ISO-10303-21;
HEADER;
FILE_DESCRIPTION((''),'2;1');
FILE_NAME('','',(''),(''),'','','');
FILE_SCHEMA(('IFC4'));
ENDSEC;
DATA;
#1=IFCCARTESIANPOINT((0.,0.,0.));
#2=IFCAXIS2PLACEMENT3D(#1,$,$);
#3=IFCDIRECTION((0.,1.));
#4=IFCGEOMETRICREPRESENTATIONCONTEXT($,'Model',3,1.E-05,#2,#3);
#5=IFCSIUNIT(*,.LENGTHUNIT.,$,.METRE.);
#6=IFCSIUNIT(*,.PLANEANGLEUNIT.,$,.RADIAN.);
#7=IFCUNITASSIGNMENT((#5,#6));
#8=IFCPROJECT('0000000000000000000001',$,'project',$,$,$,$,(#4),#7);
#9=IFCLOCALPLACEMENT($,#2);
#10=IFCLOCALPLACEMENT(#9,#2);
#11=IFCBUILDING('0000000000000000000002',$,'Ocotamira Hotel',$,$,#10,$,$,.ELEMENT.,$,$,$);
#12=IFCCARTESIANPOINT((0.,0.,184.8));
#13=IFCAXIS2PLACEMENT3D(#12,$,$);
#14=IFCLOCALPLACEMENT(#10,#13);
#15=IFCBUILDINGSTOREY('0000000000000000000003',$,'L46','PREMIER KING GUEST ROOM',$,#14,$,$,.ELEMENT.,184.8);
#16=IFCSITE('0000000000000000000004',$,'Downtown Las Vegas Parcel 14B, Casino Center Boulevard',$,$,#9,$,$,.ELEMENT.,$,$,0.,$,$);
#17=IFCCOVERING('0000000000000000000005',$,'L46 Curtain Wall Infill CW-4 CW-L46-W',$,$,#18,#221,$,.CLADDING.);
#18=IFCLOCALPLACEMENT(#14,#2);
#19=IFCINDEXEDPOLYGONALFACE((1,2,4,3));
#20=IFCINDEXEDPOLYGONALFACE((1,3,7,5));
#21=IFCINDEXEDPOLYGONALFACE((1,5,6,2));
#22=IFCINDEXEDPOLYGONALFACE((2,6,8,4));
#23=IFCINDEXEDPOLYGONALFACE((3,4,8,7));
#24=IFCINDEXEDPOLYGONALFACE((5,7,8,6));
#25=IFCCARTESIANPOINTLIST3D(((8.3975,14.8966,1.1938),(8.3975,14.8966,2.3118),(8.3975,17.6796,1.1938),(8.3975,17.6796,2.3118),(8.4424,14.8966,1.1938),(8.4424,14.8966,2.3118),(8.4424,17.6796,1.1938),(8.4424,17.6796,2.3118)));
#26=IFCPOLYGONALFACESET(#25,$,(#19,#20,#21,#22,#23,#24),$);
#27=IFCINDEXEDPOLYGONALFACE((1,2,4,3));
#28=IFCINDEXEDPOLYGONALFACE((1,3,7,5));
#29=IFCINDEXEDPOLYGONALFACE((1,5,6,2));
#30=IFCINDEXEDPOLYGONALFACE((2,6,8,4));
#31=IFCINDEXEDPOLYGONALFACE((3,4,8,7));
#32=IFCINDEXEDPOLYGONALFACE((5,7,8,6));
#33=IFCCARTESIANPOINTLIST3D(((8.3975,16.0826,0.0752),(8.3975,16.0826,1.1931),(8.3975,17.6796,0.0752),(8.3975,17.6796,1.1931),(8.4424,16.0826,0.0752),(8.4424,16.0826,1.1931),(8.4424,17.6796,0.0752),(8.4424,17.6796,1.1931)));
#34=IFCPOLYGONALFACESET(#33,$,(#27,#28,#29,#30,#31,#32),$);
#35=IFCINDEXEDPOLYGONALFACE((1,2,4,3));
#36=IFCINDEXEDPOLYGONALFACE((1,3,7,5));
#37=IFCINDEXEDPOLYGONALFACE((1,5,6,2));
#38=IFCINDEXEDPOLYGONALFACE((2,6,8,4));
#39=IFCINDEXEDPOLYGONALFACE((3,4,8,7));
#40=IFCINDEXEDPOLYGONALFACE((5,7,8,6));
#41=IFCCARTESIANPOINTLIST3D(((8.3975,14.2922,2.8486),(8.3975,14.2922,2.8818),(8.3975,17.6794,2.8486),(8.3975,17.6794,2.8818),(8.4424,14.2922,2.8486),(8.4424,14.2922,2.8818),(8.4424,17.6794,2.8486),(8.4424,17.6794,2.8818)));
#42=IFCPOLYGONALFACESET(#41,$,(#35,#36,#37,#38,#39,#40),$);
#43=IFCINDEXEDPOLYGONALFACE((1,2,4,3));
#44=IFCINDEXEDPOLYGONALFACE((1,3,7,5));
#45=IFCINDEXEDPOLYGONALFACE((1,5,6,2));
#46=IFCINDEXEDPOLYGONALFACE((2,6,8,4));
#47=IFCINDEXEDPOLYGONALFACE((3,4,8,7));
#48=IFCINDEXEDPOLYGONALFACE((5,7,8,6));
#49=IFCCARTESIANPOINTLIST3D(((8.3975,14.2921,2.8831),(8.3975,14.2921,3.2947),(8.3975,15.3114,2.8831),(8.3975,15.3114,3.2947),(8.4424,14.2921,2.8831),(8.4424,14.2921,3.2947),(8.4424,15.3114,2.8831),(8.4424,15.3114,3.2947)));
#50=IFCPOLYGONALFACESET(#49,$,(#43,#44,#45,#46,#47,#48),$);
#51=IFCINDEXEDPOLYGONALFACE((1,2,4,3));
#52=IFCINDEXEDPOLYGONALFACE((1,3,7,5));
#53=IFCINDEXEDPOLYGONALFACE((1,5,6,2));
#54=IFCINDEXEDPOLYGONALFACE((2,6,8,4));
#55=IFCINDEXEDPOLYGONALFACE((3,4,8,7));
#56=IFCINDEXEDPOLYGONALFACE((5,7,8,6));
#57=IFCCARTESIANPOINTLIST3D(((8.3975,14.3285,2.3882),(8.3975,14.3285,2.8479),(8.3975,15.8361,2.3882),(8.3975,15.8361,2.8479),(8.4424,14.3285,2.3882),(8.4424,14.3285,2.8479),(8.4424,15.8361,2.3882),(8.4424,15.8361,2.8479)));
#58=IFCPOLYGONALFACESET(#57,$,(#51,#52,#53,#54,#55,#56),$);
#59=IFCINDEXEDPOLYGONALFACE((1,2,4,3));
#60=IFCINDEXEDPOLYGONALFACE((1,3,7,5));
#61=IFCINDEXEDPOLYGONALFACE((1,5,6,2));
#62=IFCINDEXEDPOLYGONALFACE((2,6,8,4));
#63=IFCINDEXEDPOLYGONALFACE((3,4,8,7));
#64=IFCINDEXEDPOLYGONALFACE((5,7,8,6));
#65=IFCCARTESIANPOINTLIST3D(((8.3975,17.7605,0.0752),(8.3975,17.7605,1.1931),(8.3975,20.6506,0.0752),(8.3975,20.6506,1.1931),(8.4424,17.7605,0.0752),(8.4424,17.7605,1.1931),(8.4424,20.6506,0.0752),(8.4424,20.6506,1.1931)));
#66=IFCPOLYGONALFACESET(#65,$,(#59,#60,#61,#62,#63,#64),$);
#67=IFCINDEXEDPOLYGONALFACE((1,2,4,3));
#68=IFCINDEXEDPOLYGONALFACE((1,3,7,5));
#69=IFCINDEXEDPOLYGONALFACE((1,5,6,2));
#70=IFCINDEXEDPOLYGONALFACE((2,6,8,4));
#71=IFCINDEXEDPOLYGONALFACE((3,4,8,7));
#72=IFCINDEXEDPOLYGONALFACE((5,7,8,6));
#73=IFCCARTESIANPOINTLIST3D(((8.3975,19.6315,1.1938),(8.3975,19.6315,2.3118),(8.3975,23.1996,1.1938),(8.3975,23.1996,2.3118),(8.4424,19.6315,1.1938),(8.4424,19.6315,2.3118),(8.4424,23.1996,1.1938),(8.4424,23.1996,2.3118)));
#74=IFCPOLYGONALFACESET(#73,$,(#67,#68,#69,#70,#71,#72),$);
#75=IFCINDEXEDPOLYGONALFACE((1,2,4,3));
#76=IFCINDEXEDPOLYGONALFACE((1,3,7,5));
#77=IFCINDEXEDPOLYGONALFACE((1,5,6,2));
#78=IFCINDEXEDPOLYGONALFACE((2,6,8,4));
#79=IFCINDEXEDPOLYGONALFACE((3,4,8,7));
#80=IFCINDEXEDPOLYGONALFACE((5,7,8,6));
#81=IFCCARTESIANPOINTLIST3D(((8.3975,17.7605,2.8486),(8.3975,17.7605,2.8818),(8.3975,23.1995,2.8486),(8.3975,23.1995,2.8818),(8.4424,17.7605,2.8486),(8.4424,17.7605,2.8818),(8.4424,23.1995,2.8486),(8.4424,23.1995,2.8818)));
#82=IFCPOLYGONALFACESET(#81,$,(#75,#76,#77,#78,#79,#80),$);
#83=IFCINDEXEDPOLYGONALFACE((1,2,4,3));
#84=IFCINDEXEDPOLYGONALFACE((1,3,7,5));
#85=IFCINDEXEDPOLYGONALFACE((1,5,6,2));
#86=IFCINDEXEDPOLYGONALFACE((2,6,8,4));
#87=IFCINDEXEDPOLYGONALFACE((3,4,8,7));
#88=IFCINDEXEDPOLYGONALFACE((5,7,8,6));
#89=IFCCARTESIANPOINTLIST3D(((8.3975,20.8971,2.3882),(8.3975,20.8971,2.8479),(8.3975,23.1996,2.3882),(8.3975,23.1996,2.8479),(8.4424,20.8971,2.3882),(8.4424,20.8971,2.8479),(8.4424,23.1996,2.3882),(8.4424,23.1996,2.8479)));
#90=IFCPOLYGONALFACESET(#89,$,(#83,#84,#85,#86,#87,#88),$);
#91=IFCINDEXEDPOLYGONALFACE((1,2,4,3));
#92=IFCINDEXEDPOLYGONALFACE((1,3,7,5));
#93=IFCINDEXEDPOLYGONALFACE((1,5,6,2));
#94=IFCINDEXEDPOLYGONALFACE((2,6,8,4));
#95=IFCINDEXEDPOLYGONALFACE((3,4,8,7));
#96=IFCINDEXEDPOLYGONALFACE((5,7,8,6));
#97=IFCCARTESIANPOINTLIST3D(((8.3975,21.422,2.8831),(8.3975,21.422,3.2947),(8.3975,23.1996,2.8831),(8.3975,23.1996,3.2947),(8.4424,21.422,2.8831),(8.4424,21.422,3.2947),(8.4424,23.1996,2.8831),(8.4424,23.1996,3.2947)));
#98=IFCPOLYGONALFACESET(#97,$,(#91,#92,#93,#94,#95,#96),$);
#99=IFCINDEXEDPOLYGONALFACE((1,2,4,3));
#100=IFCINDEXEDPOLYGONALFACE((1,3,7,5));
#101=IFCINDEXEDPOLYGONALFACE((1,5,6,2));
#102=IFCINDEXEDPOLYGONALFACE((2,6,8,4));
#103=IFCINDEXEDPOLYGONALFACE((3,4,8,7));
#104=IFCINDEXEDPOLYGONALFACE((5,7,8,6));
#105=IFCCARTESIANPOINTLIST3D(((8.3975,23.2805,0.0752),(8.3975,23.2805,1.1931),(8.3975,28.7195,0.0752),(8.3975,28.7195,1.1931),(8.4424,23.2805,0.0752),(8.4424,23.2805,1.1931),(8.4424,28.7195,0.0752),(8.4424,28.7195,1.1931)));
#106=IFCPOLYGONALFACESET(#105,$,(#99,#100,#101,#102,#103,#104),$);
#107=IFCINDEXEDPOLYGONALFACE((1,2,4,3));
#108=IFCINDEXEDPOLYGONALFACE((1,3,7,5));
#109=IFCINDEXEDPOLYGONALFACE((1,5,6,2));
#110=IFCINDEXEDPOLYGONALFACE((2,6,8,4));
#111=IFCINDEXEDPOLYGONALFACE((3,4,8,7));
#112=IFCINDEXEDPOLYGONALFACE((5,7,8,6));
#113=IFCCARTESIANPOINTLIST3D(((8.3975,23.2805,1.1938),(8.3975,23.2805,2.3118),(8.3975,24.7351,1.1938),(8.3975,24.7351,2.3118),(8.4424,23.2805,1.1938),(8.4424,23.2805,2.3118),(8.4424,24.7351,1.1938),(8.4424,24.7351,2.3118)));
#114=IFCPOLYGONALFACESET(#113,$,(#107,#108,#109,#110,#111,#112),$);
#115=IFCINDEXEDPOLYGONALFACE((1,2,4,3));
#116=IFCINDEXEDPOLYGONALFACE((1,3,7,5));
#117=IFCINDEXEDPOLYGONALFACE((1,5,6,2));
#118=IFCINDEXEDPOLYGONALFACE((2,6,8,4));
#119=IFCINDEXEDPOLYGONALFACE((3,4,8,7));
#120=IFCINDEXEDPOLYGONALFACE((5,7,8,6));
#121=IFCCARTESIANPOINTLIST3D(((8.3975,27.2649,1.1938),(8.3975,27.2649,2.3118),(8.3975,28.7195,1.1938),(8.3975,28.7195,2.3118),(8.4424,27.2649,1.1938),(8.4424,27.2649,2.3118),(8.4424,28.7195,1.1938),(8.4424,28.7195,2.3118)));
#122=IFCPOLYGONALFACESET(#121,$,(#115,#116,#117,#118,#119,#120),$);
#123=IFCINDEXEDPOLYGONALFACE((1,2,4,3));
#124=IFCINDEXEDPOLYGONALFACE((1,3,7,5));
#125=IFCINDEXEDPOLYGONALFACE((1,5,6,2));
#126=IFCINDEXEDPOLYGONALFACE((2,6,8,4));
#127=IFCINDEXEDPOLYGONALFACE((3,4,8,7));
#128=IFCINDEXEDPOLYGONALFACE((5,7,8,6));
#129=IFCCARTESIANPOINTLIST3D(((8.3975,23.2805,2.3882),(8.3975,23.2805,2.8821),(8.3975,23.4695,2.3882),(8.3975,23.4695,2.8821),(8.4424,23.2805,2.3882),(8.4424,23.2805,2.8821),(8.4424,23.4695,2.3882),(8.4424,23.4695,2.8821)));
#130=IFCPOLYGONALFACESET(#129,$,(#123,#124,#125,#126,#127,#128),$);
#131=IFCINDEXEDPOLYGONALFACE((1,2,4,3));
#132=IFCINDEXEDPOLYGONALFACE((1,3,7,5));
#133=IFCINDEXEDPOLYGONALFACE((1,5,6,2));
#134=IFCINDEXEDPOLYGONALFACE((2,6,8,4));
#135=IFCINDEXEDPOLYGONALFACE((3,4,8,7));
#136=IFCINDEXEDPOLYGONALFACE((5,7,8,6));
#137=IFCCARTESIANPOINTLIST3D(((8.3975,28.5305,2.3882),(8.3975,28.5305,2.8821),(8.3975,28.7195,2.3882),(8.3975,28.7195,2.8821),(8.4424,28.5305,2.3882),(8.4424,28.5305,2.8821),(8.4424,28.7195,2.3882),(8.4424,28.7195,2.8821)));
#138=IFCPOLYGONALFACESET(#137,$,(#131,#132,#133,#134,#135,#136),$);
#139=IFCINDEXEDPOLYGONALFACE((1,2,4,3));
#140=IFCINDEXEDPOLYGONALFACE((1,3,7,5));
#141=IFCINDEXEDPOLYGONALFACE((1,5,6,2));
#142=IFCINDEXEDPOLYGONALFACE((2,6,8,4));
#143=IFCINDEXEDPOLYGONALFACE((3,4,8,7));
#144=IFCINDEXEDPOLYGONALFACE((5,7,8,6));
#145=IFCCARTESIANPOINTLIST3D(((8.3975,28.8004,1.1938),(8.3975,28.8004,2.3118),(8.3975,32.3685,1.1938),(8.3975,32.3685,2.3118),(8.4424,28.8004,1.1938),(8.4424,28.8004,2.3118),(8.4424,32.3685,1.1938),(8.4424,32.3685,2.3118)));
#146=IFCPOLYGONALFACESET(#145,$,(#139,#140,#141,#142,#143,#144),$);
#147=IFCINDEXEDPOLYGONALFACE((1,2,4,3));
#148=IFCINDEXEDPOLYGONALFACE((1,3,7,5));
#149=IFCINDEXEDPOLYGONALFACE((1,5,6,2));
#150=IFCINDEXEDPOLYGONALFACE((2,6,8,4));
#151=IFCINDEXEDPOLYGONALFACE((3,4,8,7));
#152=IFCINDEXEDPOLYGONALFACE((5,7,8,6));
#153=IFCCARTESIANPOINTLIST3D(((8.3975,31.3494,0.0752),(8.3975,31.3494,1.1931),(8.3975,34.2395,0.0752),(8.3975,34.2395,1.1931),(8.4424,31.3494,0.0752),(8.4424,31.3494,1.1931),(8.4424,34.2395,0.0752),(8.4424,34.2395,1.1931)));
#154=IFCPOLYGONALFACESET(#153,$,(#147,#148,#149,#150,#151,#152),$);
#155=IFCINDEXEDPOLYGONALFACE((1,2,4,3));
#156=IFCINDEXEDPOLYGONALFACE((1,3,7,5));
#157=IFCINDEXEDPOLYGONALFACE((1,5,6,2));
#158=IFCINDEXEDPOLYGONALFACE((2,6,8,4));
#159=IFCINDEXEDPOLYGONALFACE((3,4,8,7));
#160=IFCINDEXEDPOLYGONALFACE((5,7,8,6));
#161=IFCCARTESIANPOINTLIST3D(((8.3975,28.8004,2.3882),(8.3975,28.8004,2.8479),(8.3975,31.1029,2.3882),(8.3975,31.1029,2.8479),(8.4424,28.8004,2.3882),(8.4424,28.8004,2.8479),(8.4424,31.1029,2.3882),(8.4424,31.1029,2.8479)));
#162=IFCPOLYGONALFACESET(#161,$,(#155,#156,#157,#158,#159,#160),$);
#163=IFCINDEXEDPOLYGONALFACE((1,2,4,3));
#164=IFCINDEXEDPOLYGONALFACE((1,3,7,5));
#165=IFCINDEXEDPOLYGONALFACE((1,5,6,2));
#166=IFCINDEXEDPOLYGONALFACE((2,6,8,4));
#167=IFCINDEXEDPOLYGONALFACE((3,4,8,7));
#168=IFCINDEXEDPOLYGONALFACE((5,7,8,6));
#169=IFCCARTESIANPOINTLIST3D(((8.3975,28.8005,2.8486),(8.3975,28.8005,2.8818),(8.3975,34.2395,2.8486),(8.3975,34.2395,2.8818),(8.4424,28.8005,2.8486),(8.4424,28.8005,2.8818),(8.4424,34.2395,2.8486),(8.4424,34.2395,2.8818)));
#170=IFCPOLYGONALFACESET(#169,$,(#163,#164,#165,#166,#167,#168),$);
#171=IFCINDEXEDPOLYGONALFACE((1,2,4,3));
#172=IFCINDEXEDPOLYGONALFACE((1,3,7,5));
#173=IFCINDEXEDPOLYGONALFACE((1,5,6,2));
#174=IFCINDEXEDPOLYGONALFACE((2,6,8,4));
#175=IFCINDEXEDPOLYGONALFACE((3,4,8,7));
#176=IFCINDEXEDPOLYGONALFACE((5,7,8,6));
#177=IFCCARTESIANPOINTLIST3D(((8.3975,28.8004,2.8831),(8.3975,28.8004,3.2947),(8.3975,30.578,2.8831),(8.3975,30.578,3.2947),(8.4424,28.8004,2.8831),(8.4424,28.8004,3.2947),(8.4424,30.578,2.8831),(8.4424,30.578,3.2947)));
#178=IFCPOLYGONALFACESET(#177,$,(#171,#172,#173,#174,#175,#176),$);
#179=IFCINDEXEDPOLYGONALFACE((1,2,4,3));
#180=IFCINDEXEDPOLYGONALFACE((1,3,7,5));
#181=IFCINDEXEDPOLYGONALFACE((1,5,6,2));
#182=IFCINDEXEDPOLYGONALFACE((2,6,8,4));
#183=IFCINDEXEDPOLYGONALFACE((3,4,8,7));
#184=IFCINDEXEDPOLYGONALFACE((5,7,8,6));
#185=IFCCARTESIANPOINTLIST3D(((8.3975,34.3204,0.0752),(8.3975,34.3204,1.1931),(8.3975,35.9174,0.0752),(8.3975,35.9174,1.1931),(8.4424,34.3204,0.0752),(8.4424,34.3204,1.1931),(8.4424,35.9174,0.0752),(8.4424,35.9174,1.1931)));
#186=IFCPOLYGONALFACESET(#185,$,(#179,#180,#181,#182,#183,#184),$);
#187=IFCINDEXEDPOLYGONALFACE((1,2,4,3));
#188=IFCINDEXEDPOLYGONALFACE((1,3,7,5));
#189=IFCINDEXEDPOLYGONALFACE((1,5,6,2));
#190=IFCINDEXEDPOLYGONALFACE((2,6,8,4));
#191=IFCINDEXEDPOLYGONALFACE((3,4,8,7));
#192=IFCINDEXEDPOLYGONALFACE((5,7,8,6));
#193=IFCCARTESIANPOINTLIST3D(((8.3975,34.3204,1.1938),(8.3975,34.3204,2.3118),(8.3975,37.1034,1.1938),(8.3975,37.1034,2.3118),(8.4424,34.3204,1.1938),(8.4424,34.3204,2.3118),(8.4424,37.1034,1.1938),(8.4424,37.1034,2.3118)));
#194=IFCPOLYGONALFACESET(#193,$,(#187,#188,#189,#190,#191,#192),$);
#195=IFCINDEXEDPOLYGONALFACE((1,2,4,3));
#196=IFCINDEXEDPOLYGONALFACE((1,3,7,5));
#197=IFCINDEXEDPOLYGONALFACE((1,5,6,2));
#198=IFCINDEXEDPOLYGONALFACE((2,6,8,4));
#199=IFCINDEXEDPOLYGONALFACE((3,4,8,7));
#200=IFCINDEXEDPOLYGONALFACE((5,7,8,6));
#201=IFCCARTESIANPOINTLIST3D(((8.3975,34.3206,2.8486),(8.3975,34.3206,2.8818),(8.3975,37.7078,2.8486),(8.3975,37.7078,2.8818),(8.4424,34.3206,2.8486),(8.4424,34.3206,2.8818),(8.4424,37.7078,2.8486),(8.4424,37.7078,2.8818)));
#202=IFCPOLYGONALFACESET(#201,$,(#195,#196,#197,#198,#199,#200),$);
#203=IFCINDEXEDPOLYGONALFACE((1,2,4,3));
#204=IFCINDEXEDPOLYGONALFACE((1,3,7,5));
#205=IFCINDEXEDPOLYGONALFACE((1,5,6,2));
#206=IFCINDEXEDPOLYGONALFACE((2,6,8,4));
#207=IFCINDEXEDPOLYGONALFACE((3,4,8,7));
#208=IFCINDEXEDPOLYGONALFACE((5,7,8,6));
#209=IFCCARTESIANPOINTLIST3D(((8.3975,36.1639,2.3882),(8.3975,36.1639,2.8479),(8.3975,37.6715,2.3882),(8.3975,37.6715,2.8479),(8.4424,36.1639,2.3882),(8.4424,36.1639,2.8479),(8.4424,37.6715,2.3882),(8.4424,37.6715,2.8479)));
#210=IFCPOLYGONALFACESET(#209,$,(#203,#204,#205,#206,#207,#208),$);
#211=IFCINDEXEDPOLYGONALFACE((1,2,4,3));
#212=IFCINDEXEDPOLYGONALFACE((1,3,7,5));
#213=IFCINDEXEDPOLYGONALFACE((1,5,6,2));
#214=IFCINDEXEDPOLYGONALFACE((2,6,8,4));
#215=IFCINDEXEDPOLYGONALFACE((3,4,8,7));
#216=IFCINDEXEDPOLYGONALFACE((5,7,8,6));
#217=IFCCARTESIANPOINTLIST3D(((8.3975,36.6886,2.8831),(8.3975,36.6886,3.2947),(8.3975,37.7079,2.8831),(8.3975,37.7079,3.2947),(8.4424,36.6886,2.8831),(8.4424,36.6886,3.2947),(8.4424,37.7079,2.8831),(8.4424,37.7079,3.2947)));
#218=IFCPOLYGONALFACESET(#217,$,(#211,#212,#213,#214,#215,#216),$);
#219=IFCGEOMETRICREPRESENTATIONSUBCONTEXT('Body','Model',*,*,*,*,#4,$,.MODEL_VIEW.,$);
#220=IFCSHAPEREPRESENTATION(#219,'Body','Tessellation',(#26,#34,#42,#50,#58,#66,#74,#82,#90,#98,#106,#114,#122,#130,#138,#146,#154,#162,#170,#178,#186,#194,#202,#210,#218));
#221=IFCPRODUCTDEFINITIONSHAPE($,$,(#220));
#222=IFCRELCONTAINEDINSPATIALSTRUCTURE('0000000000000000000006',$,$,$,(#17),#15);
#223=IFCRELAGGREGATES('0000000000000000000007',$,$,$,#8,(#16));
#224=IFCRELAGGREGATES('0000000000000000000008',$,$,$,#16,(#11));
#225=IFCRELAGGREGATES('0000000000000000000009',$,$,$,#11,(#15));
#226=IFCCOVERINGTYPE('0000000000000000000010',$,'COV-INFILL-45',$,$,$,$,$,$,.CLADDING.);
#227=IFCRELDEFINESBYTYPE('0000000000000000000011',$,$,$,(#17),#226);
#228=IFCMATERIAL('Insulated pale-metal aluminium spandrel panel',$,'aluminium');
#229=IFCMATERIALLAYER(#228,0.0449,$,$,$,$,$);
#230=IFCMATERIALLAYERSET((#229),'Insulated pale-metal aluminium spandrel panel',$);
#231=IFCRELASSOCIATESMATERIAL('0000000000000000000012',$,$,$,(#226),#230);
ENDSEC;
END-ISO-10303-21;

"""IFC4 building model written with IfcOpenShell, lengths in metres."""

from ifc_helpers import new_model, si_unit, direction, frame, origin, origin_2d, place, context, subcontext, project, spatial, rectangle, extrude, material, layer, layer_set, type_object, element, save


model = new_model("IFC4")

# Units and contexts
model_context = context("Model", 3, precision=1e-05, world=origin(), true_north=direction((0.0, 1.0)))
body_context = subcontext(model_context, "Body", "Model", "MODEL_VIEW")
ifc_project = project(units=[si_unit("LENGTHUNIT", "METRE"), si_unit("PLANEANGLEUNIT", "RADIAN")], contexts=[model_context])

# Site, building, storey
site_placement = place(None, origin())
site = spatial("IfcSite", under=ifc_project, at=site_placement, Name="Downtown Las Vegas Parcel 14B, Casino Center Boulevard", CompositionType="ELEMENT", RefElevation=0.0)
building_placement = place(site_placement, origin())
building = spatial("IfcBuilding", under=site, at=building_placement, Name="Ocotamira Hotel", CompositionType="ELEMENT")
storey_placement = place(building_placement, frame((0.0, 0.0, 184.8)))
storey = spatial("IfcBuildingStorey", under=building, at=storey_placement, Name="L46", Description="PREMIER KING GUEST ROOM", CompositionType="ELEMENT", Elevation=184.8)

# Covering
ifc_material_1 = material(Name="Insulated pale-metal aluminium spandrel panel", Category="aluminium")
ifc_layer_1 = layer(ifc_material_1, 0.0449)
ifc_layer_set_1 = layer_set([ifc_layer_1], Name="Insulated pale-metal aluminium spandrel panel")
covering_type_1 = type_object("IfcCoveringType", Name="COV-INFILL-45", PredefinedType="CLADDING", material=ifc_layer_set_1)
covering_1_placement = place(storey_placement, origin())
element("IfcCovering", 1, at=covering_1_placement, inside=storey, type_object=covering_type_1, Name="L46 Curtain Wall Infill CW-4 CW-L46-W", PredefinedType="CLADDING", context=body_context, shape_type="SweptSolid", body=[
    extrude(rectangle(XDim=2.783, YDim=0.0449, at=origin_2d()), frame((8.4199, 16.2881, 1.1938), z_axis=(0.0, 0.0, 1.0), x_axis=(0.0, 1.0, 0.0)), (0.0, 0.0, 1.0), 1.1179),
    extrude(rectangle(XDim=1.5969, YDim=0.0449, at=origin_2d()), frame((8.4199, 16.8811, 0.0752), z_axis=(0.0, 0.0, 1.0), x_axis=(0.0, 1.0, 0.0)), (0.0, 0.0, 1.0), 1.1179),
    extrude(rectangle(XDim=3.3872, YDim=0.0449, at=origin_2d()), frame((8.4199, 15.9858, 2.8486), z_axis=(0.0, 0.0, 1.0), x_axis=(0.0, 1.0, 0.0)), (0.0, 0.0, 1.0), 0.0332),
    extrude(rectangle(XDim=1.0193, YDim=0.0449, at=origin_2d()), frame((8.4199, 14.8018, 2.8831), z_axis=(0.0, 0.0, 1.0), x_axis=(0.0, 1.0, 0.0)), (0.0, 0.0, 1.0), 0.4116),
    extrude(rectangle(XDim=1.5076, YDim=0.0449, at=origin_2d()), frame((8.4199, 15.0823, 2.3882), z_axis=(0.0, 0.0, 1.0), x_axis=(0.0, 1.0, 0.0)), (0.0, 0.0, 1.0), 0.4597),
    extrude(rectangle(XDim=2.8901, YDim=0.0449, at=origin_2d()), frame((8.4199, 19.2056, 0.0752), z_axis=(0.0, 0.0, 1.0), x_axis=(0.0, 1.0, 0.0)), (0.0, 0.0, 1.0), 1.1179),
    extrude(rectangle(XDim=3.5681, YDim=0.0449, at=origin_2d()), frame((8.4199, 21.4155, 1.1938), z_axis=(0.0, 0.0, 1.0), x_axis=(0.0, 1.0, 0.0)), (0.0, 0.0, 1.0), 1.1179),
    extrude(rectangle(XDim=5.439, YDim=0.0449, at=origin_2d()), frame((8.4199, 20.48, 2.8486), z_axis=(0.0, 0.0, 1.0), x_axis=(0.0, 1.0, 0.0)), (0.0, 0.0, 1.0), 0.0332),
    extrude(rectangle(XDim=2.3025, YDim=0.0449, at=origin_2d()), frame((8.4199, 22.0483, 2.3882), z_axis=(0.0, 0.0, 1.0), x_axis=(0.0, 1.0, 0.0)), (0.0, 0.0, 1.0), 0.4597),
    extrude(rectangle(XDim=1.7776, YDim=0.0449, at=origin_2d()), frame((8.4199, 22.3108, 2.8831), z_axis=(0.0, 0.0, 1.0), x_axis=(0.0, 1.0, 0.0)), (0.0, 0.0, 1.0), 0.4116),
    extrude(rectangle(XDim=5.439, YDim=0.0449, at=origin_2d()), frame((8.4199, 26.0, 0.0752), z_axis=(0.0, 0.0, 1.0), x_axis=(0.0, 1.0, 0.0)), (0.0, 0.0, 1.0), 1.1179),
    extrude(rectangle(XDim=1.4546, YDim=0.0449, at=origin_2d()), frame((8.4199, 24.0078, 1.1938), z_axis=(0.0, 0.0, 1.0), x_axis=(0.0, 1.0, 0.0)), (0.0, 0.0, 1.0), 1.1179),
    extrude(rectangle(XDim=1.4546, YDim=0.0449, at=origin_2d()), frame((8.4199, 27.9922, 1.1938), z_axis=(0.0, 0.0, 1.0), x_axis=(0.0, 1.0, 0.0)), (0.0, 0.0, 1.0), 1.1179),
    extrude(rectangle(XDim=0.189, YDim=0.0449, at=origin_2d()), frame((8.4199, 23.375, 2.3882), z_axis=(0.0, 0.0, 1.0), x_axis=(0.0, 1.0, 0.0)), (0.0, 0.0, 1.0), 0.4939),
    extrude(rectangle(XDim=0.189, YDim=0.0449, at=origin_2d()), frame((8.4199, 28.625, 2.3882), z_axis=(0.0, 0.0, 1.0), x_axis=(0.0, 1.0, 0.0)), (0.0, 0.0, 1.0), 0.4939),
    extrude(rectangle(XDim=3.5681, YDim=0.0449, at=origin_2d()), frame((8.4199, 30.5845, 1.1938), z_axis=(0.0, 0.0, 1.0), x_axis=(0.0, 1.0, 0.0)), (0.0, 0.0, 1.0), 1.1179),
    extrude(rectangle(XDim=2.8901, YDim=0.0449, at=origin_2d()), frame((8.4199, 32.7944, 0.0752), z_axis=(0.0, 0.0, 1.0), x_axis=(0.0, 1.0, 0.0)), (0.0, 0.0, 1.0), 1.1179),
    extrude(rectangle(XDim=2.3025, YDim=0.0449, at=origin_2d()), frame((8.4199, 29.9517, 2.3882), z_axis=(0.0, 0.0, 1.0), x_axis=(0.0, 1.0, 0.0)), (0.0, 0.0, 1.0), 0.4597),
    extrude(rectangle(XDim=5.439, YDim=0.0449, at=origin_2d()), frame((8.4199, 31.52, 2.8486), z_axis=(0.0, 0.0, 1.0), x_axis=(0.0, 1.0, 0.0)), (0.0, 0.0, 1.0), 0.0332),
    extrude(rectangle(XDim=1.7776, YDim=0.0449, at=origin_2d()), frame((8.4199, 29.6892, 2.8831), z_axis=(0.0, 0.0, 1.0), x_axis=(0.0, 1.0, 0.0)), (0.0, 0.0, 1.0), 0.4116),
    extrude(rectangle(XDim=1.5969, YDim=0.0449, at=origin_2d()), frame((8.4199, 35.1189, 0.0752), z_axis=(0.0, 0.0, 1.0), x_axis=(0.0, 1.0, 0.0)), (0.0, 0.0, 1.0), 1.1179),
    extrude(rectangle(XDim=2.783, YDim=0.0449, at=origin_2d()), frame((8.4199, 35.7119, 1.1938), z_axis=(0.0, 0.0, 1.0), x_axis=(0.0, 1.0, 0.0)), (0.0, 0.0, 1.0), 1.1179),
    extrude(rectangle(XDim=3.3872, YDim=0.0449, at=origin_2d()), frame((8.4199, 36.0142, 2.8486), z_axis=(0.0, 0.0, 1.0), x_axis=(0.0, 1.0, 0.0)), (0.0, 0.0, 1.0), 0.0332),
    extrude(rectangle(XDim=1.5076, YDim=0.0449, at=origin_2d()), frame((8.4199, 36.9177, 2.3882), z_axis=(0.0, 0.0, 1.0), x_axis=(0.0, 1.0, 0.0)), (0.0, 0.0, 1.0), 0.4597),
    extrude(rectangle(XDim=1.0193, YDim=0.0449, at=origin_2d()), frame((8.4199, 37.1982, 2.8831), z_axis=(0.0, 0.0, 1.0), x_axis=(0.0, 1.0, 0.0)), (0.0, 0.0, 1.0), 0.4116),
])

save(model, "model.ifc")
